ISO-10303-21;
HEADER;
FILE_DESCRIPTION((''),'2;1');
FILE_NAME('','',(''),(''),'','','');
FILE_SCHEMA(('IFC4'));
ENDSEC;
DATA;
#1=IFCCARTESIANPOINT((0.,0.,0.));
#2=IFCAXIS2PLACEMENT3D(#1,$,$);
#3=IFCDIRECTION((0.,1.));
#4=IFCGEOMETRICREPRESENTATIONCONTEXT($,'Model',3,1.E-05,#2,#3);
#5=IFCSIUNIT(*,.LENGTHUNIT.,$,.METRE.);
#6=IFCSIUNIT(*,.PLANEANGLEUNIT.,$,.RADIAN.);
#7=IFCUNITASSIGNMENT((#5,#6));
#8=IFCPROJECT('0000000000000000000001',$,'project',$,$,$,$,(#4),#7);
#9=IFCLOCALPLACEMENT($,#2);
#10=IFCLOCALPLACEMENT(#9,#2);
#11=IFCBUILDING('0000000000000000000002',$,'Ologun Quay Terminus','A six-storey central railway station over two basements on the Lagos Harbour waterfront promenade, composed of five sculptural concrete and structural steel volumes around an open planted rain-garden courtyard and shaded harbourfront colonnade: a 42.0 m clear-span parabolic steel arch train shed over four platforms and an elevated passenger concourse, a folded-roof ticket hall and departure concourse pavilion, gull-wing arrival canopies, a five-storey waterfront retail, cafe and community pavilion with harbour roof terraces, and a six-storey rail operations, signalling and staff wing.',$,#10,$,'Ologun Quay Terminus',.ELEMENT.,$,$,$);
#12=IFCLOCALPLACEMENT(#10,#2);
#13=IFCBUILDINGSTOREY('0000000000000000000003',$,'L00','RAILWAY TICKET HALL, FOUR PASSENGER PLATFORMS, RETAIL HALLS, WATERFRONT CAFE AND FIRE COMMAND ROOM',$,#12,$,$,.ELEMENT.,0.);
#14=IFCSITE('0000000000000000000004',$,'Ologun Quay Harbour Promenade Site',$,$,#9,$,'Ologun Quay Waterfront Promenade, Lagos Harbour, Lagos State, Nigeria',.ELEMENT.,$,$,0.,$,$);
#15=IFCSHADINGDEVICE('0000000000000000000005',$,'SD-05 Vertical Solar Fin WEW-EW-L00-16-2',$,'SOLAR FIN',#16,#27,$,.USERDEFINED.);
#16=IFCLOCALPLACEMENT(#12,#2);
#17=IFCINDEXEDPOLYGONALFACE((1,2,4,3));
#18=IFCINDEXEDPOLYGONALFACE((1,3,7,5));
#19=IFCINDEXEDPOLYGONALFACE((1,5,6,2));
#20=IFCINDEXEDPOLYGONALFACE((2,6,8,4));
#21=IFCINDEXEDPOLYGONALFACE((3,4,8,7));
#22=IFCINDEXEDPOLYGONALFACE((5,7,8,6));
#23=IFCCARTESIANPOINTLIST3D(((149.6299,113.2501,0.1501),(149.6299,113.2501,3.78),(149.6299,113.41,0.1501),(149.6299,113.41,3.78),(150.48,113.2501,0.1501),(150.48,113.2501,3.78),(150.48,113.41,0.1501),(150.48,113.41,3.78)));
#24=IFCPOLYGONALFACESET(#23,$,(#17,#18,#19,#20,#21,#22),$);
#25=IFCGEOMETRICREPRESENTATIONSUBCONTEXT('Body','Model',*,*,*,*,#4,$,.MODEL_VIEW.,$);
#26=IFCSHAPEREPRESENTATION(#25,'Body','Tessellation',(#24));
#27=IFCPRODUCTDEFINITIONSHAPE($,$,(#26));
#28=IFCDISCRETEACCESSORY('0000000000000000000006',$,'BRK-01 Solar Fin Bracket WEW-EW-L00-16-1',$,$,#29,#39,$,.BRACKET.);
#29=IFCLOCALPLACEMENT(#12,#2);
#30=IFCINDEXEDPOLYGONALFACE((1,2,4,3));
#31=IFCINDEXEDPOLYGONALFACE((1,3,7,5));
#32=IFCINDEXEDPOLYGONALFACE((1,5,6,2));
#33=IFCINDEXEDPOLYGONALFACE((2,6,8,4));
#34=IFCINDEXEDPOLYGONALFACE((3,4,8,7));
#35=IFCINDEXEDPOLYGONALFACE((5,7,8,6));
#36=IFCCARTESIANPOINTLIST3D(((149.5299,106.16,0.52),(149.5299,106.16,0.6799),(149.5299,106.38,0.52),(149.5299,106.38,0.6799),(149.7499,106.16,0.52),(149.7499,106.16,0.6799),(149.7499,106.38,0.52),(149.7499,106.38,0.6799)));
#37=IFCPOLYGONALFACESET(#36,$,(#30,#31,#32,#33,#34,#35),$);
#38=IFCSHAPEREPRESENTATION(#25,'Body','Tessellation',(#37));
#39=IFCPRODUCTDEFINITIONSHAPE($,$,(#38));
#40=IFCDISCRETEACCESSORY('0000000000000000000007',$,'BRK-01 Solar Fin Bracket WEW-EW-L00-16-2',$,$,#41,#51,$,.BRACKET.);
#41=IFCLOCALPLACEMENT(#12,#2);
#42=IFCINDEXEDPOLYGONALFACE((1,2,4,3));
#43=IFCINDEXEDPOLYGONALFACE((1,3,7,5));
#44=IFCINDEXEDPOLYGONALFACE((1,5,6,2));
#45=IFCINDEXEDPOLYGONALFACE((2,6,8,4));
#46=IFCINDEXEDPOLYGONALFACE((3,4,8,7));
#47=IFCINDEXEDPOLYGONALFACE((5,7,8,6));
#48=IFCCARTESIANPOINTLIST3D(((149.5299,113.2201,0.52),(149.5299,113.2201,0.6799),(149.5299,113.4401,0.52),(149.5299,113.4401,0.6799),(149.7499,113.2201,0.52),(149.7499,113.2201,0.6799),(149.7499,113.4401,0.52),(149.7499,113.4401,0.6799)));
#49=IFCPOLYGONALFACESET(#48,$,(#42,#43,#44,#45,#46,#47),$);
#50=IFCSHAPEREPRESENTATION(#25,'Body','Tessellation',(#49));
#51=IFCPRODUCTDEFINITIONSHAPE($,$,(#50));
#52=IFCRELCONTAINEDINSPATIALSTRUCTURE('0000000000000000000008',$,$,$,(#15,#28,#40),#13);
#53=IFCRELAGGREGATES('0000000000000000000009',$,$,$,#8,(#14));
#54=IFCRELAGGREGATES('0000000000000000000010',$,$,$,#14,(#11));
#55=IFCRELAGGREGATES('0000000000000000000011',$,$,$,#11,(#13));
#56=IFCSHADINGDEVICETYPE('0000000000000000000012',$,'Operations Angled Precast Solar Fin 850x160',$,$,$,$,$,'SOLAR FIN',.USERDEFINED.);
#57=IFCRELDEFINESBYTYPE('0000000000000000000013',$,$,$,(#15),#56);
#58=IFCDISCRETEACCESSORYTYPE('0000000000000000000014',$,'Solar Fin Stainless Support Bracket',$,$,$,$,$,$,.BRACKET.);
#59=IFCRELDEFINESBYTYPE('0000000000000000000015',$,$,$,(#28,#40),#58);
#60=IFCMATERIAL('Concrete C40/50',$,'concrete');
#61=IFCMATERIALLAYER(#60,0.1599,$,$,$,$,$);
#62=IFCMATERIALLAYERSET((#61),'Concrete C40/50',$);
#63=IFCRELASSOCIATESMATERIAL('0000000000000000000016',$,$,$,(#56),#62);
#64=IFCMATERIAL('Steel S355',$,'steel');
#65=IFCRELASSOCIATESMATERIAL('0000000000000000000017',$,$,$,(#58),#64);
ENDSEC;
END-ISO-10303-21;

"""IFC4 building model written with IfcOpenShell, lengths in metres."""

from ifc_helpers import new_model, si_unit, direction, frame, origin, origin_2d, place, context, subcontext, project, spatial, rectangle, extrude, material, layer, layer_set, type_object, element, save


model = new_model("IFC4")

# Units and contexts
model_context = context("Model", 3, precision=1e-05, world=origin(), true_north=direction((0.0, 1.0)))
body_context = subcontext(model_context, "Body", "Model", "MODEL_VIEW")
ifc_project = project(units=[si_unit("LENGTHUNIT", "METRE"), si_unit("PLANEANGLEUNIT", "RADIAN")], contexts=[model_context])

# Site, building, storey
site_placement = place(None, origin())
site = spatial("IfcSite", under=ifc_project, at=site_placement, Name="Ologun Quay Harbour Promenade Site", LongName="Ologun Quay Waterfront Promenade, Lagos Harbour, Lagos State, Nigeria", CompositionType="ELEMENT", RefElevation=0.0)
building_placement = place(site_placement, origin())
building = spatial("IfcBuilding", under=site, at=building_placement, Name="Ologun Quay Terminus", Description="A six-storey central railway station over two basements on the Lagos Harbour waterfront promenade, composed of five sculptural concrete and structural steel volumes around an open planted rain-garden courtyard and shaded harbourfront colonnade: a 42.0 m clear-span parabolic steel arch train shed over four platforms and an elevated passenger concourse, a folded-roof ticket hall and departure concourse pavilion, gull-wing arrival canopies, a five-storey waterfront retail, cafe and community pavilion with harbour roof terraces, and a six-storey rail operations, signalling and staff wing.", LongName="Ologun Quay Terminus", CompositionType="ELEMENT")
storey_placement = place(building_placement, origin())
storey = spatial("IfcBuildingStorey", under=building, at=storey_placement, Name="L00", Description="RAILWAY TICKET HALL, FOUR PASSENGER PLATFORMS, RETAIL HALLS, WATERFRONT CAFE AND FIRE COMMAND ROOM", CompositionType="ELEMENT", Elevation=0.0)

# Shading device
ifc_material_1 = material(Name="Concrete C40/50", Category="concrete")
ifc_layer_1 = layer(ifc_material_1, 0.1599)
ifc_layer_set_1 = layer_set([ifc_layer_1], Name="Concrete C40/50")
shading_device_type = type_object("IfcShadingDeviceType", Name="Operations Angled Precast Solar Fin 850x160", ElementType="SOLAR FIN", PredefinedType="USERDEFINED", material=ifc_layer_set_1)
for number, where, z_axis, x_axis, name in (
    (1, (150.0549, 113.3301, 0.1501), (0.0, 0.0, 1.0), (1.0, 0.0, 0.0), "SD-05 Vertical Solar Fin WEW-EW-L00-16-2"),
):
    element("IfcShadingDevice", number, at=place(storey_placement, frame(where, z_axis=z_axis, x_axis=x_axis)), inside=storey, type_object=shading_device_type, Name=name, ObjectType="SOLAR FIN", PredefinedType="USERDEFINED", context=body_context, shape_type="SweptSolid", body=[
        extrude(rectangle(XDim=0.8501, YDim=0.1599, at=origin_2d()), origin(), (0.0, 0.0, 1.0), 3.6299),
    ])

# Discrete accessories
ifc_material_2 = material(Name="Steel S355", Category="steel")
discrete_accessory_type = type_object("IfcDiscreteAccessoryType", Name="Solar Fin Stainless Support Bracket", PredefinedType="BRACKET", material=ifc_material_2)
for number, where, z_axis, x_axis, name in (
    (2, (149.6399, 106.27, 0.52), (0.0, 0.0, 1.0), (1.0, 0.0, 0.0), "BRK-01 Solar Fin Bracket WEW-EW-L00-16-1"),
    (3, (149.6399, 113.3301, 0.52), (0.0, 0.0, 1.0), (1.0, 0.0, 0.0), "BRK-01 Solar Fin Bracket WEW-EW-L00-16-2"),
):
    element("IfcDiscreteAccessory", number, at=place(storey_placement, frame(where, z_axis=z_axis, x_axis=x_axis)), inside=storey, type_object=discrete_accessory_type, Name=name, PredefinedType="BRACKET", context=body_context, shape_type="SweptSolid", body=[
        extrude(rectangle(XDim=0.22, YDim=0.22, at=origin_2d()), origin(), (0.0, 0.0, 1.0), 0.1599),
    ])

save(model, "model.ifc")
